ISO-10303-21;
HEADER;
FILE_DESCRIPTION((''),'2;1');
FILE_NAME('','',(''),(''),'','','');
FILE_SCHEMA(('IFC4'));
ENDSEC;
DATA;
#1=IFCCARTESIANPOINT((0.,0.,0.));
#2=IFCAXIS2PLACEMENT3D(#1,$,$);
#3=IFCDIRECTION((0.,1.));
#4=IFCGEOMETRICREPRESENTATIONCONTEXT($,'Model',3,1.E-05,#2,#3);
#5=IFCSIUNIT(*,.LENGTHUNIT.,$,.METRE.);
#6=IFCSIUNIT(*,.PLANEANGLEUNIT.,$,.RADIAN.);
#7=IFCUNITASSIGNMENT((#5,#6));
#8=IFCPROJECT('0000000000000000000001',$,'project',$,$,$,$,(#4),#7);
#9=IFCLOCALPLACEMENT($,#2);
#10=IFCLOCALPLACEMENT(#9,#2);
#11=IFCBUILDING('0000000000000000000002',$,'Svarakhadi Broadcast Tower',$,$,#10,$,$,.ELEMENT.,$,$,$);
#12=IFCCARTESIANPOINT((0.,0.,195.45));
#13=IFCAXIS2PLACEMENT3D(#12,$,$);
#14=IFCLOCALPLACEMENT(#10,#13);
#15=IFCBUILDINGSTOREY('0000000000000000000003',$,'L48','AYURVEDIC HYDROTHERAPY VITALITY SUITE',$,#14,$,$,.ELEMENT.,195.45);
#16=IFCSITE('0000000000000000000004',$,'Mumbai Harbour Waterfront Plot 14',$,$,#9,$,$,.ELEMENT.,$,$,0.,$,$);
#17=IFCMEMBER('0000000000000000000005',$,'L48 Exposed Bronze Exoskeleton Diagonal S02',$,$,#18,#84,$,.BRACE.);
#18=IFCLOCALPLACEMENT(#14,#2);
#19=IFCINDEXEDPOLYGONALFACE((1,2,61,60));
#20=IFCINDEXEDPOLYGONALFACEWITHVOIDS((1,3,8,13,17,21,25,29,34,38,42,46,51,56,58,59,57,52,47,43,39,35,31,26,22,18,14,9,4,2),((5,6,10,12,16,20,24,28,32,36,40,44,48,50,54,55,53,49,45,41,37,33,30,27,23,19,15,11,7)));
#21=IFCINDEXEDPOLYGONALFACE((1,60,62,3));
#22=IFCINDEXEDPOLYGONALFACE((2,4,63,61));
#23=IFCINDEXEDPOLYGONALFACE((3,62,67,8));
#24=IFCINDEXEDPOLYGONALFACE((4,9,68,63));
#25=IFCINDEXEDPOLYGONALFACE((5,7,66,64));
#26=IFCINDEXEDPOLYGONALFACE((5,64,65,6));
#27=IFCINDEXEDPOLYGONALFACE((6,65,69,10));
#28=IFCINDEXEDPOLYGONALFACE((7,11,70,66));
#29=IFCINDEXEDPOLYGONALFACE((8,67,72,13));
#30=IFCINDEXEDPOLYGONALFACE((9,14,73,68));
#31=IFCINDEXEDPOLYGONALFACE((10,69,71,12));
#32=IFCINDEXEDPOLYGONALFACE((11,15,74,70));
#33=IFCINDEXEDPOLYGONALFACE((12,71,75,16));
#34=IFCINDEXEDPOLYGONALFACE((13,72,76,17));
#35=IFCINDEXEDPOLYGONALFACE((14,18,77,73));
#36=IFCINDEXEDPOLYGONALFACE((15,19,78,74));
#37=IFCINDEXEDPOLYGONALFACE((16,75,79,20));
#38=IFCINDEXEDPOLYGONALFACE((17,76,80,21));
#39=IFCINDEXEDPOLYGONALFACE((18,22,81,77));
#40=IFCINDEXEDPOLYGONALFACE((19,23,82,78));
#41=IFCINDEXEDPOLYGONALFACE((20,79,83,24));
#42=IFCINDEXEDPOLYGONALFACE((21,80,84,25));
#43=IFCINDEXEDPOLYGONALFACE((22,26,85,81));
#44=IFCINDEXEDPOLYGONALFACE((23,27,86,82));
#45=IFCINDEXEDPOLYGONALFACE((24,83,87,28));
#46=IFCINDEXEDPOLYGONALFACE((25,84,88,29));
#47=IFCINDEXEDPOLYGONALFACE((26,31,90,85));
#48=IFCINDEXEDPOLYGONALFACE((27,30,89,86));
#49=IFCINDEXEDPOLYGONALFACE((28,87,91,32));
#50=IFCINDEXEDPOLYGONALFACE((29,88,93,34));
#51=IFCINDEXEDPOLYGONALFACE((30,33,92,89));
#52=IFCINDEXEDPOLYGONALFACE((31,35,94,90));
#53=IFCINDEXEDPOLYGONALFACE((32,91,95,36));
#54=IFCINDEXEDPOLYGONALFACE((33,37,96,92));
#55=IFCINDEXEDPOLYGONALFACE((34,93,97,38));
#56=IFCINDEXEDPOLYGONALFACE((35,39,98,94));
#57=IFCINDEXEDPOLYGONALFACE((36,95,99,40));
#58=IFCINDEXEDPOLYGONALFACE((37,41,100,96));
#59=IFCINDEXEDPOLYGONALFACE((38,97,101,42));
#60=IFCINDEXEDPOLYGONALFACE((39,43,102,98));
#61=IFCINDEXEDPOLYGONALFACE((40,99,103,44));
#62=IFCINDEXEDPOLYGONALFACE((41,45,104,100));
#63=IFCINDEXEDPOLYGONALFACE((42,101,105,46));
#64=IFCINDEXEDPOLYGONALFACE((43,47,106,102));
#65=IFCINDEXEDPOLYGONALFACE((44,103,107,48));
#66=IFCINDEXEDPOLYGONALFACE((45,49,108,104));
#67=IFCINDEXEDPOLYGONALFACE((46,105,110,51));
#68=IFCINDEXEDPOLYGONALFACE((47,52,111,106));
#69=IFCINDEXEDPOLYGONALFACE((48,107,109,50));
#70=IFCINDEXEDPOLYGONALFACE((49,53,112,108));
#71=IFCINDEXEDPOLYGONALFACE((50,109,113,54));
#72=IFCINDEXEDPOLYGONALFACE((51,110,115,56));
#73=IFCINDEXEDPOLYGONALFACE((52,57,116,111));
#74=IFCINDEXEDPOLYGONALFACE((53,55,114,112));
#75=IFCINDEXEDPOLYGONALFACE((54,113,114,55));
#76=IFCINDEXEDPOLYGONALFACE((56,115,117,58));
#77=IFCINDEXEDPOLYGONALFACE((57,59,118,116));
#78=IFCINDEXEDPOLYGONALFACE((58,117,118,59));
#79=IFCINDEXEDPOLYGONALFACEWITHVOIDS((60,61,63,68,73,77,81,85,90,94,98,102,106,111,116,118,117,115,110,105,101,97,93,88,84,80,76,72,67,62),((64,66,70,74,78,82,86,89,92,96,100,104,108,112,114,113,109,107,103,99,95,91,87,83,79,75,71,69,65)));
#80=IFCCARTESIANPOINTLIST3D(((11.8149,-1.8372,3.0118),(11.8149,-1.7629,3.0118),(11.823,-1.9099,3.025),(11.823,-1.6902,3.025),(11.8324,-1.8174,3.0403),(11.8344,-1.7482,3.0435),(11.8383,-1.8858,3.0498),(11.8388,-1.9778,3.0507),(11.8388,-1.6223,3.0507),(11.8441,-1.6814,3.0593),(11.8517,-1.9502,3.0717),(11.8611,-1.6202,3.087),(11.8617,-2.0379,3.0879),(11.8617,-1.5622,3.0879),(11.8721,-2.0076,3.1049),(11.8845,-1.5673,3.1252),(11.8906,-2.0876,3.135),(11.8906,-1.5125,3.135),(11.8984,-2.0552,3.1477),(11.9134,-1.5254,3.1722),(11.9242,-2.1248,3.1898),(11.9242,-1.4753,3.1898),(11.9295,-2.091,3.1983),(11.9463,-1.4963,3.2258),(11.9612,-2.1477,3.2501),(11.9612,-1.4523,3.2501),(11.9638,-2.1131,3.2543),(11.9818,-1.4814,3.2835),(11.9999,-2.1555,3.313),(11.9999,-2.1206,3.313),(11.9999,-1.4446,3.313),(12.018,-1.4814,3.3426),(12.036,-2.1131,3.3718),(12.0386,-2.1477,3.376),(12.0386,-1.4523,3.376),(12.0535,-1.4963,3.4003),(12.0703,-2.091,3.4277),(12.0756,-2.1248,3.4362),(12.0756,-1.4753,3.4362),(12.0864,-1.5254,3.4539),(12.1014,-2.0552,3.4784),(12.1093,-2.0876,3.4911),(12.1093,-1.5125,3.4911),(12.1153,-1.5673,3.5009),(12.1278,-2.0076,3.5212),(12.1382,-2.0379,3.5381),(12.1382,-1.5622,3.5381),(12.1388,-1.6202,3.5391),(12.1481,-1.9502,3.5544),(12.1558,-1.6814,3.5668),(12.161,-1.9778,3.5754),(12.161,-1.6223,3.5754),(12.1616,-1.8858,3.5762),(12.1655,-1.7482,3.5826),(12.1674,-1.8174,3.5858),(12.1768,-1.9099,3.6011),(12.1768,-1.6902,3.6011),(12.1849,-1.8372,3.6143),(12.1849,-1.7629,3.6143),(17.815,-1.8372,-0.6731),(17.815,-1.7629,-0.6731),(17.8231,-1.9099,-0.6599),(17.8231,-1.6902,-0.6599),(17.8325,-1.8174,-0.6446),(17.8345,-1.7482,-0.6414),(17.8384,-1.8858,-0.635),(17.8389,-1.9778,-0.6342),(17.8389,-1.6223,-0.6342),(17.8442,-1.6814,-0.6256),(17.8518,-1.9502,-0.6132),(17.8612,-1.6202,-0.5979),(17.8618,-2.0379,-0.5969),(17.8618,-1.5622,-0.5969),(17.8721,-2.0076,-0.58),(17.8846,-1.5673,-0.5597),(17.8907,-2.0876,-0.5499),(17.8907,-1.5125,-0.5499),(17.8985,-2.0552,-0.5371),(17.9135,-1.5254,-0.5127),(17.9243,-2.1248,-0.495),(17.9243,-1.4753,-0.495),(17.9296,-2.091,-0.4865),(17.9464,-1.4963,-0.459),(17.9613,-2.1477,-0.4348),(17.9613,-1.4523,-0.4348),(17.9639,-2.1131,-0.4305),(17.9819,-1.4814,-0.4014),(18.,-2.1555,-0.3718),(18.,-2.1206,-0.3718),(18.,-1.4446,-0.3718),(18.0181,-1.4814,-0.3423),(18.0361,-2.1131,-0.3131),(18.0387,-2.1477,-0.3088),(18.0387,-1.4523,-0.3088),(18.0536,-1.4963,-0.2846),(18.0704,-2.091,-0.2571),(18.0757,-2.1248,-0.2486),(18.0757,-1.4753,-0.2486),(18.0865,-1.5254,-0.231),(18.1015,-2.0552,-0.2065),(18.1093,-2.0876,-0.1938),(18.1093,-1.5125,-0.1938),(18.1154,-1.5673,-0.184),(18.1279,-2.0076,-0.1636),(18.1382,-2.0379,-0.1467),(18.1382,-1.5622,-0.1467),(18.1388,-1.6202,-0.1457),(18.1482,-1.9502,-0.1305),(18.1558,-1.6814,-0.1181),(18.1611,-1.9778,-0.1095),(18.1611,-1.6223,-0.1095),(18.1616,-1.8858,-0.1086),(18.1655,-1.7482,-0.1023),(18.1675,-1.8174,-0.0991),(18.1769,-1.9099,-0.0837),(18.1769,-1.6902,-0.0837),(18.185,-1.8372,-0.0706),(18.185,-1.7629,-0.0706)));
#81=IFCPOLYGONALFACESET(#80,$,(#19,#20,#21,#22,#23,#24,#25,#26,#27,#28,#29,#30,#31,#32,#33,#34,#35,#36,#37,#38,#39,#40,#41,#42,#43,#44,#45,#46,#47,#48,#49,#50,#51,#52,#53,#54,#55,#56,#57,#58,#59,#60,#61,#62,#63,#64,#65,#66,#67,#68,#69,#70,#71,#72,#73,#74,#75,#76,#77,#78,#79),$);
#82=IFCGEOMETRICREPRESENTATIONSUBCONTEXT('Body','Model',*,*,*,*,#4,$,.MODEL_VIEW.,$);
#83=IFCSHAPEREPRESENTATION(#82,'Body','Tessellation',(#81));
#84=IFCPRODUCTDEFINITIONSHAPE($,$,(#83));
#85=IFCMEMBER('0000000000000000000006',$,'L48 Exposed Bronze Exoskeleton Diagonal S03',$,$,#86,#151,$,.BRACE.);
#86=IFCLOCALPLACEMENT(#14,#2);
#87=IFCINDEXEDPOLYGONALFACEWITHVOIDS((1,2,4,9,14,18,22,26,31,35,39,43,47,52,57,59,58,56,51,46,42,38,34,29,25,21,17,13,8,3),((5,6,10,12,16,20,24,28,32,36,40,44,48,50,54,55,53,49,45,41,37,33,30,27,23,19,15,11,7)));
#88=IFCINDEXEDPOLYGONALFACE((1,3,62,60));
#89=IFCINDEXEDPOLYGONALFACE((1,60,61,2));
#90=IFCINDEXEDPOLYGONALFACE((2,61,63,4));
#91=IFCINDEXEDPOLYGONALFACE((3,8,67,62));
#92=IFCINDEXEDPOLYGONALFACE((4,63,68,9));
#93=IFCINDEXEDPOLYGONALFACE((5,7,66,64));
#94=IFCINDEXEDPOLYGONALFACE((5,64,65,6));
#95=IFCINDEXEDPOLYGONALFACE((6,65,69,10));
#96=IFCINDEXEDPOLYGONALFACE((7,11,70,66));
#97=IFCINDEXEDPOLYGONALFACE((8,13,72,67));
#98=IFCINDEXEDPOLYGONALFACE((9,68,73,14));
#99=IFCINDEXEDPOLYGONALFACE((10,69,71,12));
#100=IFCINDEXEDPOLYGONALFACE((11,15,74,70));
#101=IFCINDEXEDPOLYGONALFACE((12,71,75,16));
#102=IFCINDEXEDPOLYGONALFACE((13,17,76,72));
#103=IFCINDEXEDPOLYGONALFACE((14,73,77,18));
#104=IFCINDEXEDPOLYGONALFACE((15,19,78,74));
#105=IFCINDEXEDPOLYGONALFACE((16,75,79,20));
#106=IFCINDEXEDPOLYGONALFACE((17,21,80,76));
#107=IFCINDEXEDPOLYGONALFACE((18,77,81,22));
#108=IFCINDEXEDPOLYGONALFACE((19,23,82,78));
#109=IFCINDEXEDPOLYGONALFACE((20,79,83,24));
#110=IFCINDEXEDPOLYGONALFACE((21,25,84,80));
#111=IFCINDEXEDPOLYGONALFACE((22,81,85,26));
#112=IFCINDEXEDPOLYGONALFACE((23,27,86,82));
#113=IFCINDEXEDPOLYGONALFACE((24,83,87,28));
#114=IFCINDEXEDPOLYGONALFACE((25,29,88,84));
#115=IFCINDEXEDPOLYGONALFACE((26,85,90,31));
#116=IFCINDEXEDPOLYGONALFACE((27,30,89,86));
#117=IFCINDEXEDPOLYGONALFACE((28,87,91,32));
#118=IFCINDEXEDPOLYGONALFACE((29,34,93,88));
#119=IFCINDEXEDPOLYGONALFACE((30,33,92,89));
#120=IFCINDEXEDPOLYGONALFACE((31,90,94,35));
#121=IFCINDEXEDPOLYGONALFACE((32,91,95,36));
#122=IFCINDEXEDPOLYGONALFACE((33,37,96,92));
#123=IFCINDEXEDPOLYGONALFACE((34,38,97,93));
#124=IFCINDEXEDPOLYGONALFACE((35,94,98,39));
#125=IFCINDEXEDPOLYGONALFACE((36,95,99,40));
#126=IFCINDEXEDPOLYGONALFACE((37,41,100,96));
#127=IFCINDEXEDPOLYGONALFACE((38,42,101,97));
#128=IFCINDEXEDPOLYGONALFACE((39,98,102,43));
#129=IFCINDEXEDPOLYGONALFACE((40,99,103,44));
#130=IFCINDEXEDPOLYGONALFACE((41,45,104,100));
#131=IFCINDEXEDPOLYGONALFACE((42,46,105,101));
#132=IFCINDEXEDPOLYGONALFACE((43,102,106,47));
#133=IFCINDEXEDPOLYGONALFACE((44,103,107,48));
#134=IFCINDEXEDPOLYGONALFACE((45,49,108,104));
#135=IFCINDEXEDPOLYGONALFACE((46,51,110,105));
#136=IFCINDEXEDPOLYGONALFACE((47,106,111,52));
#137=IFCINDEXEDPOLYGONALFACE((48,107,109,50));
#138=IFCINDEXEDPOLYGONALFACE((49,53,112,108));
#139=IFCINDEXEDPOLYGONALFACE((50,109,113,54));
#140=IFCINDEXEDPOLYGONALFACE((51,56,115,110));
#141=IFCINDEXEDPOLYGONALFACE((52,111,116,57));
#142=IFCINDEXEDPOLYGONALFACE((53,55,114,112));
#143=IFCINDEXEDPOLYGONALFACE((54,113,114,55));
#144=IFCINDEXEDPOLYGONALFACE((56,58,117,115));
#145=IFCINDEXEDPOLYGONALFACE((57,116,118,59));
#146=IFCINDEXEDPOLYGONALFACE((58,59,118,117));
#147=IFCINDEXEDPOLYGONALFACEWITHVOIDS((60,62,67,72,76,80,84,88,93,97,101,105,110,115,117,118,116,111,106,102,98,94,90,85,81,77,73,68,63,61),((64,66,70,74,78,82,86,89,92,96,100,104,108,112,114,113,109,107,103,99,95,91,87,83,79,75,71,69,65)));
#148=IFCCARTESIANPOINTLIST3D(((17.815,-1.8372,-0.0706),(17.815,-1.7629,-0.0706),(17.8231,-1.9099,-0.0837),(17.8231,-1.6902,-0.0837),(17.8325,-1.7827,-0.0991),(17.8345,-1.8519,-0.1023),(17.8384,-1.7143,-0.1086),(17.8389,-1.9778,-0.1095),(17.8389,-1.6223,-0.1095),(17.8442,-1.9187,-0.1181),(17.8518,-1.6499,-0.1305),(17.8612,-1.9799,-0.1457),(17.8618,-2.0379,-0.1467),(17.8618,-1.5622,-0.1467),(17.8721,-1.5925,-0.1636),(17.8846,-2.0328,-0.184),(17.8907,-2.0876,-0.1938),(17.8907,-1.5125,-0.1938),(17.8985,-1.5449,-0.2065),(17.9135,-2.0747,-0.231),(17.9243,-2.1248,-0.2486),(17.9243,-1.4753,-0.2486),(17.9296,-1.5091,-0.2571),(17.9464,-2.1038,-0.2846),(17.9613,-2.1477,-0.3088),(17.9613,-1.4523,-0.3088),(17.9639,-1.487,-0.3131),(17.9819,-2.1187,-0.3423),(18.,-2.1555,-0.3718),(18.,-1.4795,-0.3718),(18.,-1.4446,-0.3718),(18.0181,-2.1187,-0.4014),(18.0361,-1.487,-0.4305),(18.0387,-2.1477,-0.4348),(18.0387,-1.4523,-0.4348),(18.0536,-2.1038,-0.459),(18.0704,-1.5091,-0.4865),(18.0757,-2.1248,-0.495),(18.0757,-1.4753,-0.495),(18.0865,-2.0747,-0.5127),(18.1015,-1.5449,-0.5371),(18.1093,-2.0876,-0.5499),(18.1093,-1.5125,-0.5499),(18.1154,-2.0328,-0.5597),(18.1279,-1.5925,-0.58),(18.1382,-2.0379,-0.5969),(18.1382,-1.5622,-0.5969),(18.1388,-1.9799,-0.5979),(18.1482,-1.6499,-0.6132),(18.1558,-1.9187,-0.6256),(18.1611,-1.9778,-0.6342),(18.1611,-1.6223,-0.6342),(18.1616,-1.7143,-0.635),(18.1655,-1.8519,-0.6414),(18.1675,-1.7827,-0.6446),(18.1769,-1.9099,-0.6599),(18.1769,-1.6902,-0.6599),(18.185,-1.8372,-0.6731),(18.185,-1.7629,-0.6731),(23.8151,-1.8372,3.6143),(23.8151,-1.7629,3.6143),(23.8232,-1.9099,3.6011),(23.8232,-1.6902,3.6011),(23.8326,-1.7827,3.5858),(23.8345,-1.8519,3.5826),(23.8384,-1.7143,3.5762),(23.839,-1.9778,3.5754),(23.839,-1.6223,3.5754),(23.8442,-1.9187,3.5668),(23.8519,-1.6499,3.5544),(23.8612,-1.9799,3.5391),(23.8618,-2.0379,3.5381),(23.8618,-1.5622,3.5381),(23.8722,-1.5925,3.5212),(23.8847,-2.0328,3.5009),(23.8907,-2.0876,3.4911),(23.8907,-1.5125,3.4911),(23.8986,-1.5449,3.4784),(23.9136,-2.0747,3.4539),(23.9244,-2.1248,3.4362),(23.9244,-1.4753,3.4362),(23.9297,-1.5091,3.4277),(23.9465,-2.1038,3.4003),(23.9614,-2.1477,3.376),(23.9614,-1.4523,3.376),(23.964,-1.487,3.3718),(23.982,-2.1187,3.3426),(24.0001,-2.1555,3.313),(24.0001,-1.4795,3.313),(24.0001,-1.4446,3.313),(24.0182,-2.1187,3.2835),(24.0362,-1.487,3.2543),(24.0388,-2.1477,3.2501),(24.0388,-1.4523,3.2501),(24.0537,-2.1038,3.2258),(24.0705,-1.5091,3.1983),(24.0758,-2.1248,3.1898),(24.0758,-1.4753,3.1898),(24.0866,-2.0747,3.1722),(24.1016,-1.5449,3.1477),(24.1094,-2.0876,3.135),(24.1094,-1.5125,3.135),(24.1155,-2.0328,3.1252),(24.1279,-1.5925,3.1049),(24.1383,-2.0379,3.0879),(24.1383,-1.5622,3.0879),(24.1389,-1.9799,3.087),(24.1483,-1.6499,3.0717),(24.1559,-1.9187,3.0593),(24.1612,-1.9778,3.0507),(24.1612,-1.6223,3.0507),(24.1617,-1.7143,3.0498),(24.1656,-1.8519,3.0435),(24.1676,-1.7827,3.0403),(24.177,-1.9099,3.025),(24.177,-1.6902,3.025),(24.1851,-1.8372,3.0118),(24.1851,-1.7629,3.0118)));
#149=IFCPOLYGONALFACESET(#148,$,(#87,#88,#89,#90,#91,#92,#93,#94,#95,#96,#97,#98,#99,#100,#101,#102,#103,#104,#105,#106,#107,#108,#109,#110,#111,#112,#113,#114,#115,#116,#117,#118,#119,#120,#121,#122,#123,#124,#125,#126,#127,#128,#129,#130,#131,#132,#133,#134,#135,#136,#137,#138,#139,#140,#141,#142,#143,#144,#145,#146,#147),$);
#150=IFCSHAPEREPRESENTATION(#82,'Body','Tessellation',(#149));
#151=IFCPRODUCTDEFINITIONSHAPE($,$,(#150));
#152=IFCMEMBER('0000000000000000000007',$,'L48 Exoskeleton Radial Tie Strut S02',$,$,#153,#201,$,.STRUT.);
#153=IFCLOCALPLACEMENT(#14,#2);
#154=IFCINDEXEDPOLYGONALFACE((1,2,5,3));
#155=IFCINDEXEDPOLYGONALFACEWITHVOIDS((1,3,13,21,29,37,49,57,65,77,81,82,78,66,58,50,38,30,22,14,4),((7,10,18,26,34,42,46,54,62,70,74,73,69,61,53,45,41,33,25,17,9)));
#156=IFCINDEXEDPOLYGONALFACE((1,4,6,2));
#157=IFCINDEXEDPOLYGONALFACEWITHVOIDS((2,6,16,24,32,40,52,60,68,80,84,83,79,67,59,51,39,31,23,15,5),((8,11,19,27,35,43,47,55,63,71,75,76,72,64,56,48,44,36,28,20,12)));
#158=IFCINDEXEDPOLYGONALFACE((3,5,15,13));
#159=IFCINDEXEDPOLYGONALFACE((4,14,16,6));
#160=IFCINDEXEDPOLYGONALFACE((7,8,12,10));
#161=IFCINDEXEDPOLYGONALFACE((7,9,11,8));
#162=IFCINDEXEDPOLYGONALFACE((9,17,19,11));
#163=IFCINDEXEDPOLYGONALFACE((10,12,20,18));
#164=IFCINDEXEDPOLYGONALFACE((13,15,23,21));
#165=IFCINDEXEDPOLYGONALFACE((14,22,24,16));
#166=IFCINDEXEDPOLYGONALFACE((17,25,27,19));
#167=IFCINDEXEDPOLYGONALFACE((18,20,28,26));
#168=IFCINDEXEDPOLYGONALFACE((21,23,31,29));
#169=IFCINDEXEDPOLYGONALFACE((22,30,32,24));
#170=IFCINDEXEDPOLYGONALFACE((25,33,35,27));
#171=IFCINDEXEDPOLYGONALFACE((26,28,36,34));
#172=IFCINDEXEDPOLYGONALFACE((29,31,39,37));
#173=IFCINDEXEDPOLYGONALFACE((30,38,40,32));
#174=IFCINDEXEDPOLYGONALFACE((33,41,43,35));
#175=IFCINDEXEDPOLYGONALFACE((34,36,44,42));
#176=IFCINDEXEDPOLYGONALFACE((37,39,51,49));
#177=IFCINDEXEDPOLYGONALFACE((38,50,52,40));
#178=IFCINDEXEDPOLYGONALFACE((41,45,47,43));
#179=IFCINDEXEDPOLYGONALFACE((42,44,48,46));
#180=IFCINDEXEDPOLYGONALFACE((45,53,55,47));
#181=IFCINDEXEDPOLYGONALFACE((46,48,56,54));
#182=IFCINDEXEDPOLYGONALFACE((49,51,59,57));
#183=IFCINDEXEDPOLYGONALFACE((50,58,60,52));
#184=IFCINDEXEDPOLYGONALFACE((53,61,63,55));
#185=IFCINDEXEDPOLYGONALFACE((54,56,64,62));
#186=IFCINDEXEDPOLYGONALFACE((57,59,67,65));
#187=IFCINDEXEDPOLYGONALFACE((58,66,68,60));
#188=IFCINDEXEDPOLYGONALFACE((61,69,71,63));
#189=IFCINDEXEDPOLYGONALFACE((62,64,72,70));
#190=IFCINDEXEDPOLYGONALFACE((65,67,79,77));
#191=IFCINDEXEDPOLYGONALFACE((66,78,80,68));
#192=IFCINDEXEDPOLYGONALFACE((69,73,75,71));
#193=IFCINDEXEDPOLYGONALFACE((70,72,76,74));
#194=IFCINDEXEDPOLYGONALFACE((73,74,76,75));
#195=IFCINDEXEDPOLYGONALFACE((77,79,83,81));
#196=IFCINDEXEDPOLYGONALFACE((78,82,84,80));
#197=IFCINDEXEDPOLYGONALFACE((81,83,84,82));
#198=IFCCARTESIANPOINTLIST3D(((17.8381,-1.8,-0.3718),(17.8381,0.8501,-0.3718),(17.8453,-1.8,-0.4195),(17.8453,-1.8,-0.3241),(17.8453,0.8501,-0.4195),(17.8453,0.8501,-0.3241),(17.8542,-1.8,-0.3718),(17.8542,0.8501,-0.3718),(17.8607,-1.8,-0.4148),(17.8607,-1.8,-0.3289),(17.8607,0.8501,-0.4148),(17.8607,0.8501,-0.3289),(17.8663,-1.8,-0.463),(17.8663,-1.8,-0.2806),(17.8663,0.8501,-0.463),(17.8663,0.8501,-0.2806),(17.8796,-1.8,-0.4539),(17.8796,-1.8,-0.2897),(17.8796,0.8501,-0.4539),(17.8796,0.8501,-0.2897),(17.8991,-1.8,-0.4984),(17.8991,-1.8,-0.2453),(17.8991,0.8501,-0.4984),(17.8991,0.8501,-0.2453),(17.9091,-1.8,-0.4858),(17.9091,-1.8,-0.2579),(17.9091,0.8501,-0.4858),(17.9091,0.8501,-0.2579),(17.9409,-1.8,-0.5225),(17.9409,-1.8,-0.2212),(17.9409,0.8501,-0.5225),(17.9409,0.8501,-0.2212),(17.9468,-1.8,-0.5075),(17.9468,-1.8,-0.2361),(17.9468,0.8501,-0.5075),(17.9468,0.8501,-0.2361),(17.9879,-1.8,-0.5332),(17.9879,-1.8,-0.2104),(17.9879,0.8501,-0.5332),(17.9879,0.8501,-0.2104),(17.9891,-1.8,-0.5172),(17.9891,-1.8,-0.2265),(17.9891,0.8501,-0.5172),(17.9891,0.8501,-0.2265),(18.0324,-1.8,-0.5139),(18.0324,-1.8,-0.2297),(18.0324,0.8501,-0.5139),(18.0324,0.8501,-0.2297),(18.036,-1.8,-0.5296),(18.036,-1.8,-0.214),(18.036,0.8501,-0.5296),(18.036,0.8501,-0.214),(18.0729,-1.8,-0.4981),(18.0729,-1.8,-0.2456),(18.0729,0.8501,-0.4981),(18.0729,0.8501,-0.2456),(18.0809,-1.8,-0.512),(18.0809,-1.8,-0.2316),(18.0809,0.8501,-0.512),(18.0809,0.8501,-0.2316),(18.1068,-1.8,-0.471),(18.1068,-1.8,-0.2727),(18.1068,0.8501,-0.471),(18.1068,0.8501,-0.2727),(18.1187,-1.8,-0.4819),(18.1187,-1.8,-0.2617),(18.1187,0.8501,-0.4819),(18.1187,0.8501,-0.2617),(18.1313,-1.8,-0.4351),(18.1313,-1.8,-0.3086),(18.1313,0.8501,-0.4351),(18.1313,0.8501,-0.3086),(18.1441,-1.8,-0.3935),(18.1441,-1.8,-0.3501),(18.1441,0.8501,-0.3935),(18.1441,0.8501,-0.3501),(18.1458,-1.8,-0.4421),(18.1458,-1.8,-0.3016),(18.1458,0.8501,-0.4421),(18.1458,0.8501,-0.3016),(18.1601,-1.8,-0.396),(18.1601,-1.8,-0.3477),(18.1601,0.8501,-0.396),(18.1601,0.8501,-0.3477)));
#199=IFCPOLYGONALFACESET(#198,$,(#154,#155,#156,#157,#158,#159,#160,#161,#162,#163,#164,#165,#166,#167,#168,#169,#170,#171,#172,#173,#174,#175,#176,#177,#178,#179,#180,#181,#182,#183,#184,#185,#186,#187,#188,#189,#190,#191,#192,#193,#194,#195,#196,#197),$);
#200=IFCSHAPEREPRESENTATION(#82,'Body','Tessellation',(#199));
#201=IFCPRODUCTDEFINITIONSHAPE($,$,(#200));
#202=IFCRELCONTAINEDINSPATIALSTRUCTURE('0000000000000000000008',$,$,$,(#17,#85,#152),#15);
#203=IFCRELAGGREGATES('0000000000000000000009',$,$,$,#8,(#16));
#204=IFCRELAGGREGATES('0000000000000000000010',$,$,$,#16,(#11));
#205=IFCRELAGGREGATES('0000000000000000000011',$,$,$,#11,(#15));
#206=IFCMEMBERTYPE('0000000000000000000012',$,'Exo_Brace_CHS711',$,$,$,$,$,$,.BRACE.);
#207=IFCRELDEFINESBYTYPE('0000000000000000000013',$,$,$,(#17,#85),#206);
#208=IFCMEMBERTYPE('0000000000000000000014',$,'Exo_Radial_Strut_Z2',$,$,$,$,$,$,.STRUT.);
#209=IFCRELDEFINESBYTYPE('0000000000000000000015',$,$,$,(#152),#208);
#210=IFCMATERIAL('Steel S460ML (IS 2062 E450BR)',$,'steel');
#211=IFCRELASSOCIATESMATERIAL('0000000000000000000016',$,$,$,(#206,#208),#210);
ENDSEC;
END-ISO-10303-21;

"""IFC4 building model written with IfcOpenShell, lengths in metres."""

from ifc_helpers import new_model, si_unit, direction, frame, origin, origin_2d, place, context, subcontext, project, spatial, hollow_circle, extrude, material, material_profile, profile_set, type_object, element, save


model = new_model("IFC4")

# Units and contexts
model_context = context("Model", 3, precision=1e-05, world=origin(), true_north=direction((0.0, 1.0)))
body_context = subcontext(model_context, "Body", "Model", "MODEL_VIEW")
ifc_project = project(units=[si_unit("LENGTHUNIT", "METRE"), si_unit("PLANEANGLEUNIT", "RADIAN")], contexts=[model_context])

# Site, building, storey
site_placement = place(None, origin())
site = spatial("IfcSite", under=ifc_project, at=site_placement, Name="Mumbai Harbour Waterfront Plot 14", CompositionType="ELEMENT", RefElevation=0.0)
building_placement = place(site_placement, origin())
building = spatial("IfcBuilding", under=site, at=building_placement, Name="Svarakhadi Broadcast Tower", CompositionType="ELEMENT")
storey_placement = place(building_placement, frame((0.0, 0.0, 195.45)))
storey = spatial("IfcBuildingStorey", under=building, at=storey_placement, Name="L48", Description="AYURVEDIC HYDROTHERAPY VITALITY SUITE", CompositionType="ELEMENT", Elevation=195.45)

# Members
ifc_material_1 = material(Name="Steel S460ML (IS 2062 E450BR)", Category="steel")
ifc_material_profile_1 = material_profile(ifc_material_1, hollow_circle(Radius=0.3555, WallThickness=0.0349, at=origin_2d()), Name="CHS 711x35")
ifc_profile_set_1 = profile_set([ifc_material_profile_1], Name="Steel S460ML (IS 2062 E450BR)")
member_type_1 = type_object("IfcMemberType", Name="Exo_Brace_CHS711", PredefinedType="BRACE", material=ifc_profile_set_1)
for number, where, z_axis, x_axis, name in (
    (1, (18.0, -1.8, -0.3718), (-0.852133, 0.0, 0.523325), (0.0, -1.0, 0.0), "L48 Exposed Bronze Exoskeleton Diagonal S02"),
    (2, (18.0, -1.8, -0.3718), (0.852133, 0.0, 0.523325), (0.0, 1.0, 0.0), "L48 Exposed Bronze Exoskeleton Diagonal S03"),
):
    element("IfcMember", number, at=place(storey_placement, frame(where, z_axis=z_axis, x_axis=x_axis)), inside=storey, type_object=member_type_1, Name=name, PredefinedType="BRACE", context=body_context, shape_type="SweptSolid", body=[
        extrude(hollow_circle(Radius=0.3555, WallThickness=0.0349, at=origin_2d()), origin(), (0.0, 0.0, 1.0), 7.0413),
    ])
ifc_material_profile_2 = material_profile(ifc_material_1, hollow_circle(Radius=0.1619, WallThickness=0.0161, at=origin_2d()), Name="CHS 323.9x16")
ifc_profile_set_2 = profile_set([ifc_material_profile_2], Name="Steel S460ML (IS 2062 E450BR)")
member_type_2 = type_object("IfcMemberType", Name="Exo_Radial_Strut_Z2", PredefinedType="STRUT", material=ifc_profile_set_2)
for number, where, z_axis, x_axis, name in (
    (3, (18.0, -1.8, -0.3718), (0.0, 1.0, 0.0), (-1.0, 0.0, 0.0), "L48 Exoskeleton Radial Tie Strut S02"),
):
    element("IfcMember", number, at=place(storey_placement, frame(where, z_axis=z_axis, x_axis=x_axis)), inside=storey, type_object=member_type_2, Name=name, PredefinedType="STRUT", context=body_context, shape_type="SweptSolid", body=[
        extrude(hollow_circle(Radius=0.1619, WallThickness=0.0161, at=origin_2d()), origin(), (0.0, 0.0, 1.0), 2.6501),
    ])

save(model, "model.ifc")
